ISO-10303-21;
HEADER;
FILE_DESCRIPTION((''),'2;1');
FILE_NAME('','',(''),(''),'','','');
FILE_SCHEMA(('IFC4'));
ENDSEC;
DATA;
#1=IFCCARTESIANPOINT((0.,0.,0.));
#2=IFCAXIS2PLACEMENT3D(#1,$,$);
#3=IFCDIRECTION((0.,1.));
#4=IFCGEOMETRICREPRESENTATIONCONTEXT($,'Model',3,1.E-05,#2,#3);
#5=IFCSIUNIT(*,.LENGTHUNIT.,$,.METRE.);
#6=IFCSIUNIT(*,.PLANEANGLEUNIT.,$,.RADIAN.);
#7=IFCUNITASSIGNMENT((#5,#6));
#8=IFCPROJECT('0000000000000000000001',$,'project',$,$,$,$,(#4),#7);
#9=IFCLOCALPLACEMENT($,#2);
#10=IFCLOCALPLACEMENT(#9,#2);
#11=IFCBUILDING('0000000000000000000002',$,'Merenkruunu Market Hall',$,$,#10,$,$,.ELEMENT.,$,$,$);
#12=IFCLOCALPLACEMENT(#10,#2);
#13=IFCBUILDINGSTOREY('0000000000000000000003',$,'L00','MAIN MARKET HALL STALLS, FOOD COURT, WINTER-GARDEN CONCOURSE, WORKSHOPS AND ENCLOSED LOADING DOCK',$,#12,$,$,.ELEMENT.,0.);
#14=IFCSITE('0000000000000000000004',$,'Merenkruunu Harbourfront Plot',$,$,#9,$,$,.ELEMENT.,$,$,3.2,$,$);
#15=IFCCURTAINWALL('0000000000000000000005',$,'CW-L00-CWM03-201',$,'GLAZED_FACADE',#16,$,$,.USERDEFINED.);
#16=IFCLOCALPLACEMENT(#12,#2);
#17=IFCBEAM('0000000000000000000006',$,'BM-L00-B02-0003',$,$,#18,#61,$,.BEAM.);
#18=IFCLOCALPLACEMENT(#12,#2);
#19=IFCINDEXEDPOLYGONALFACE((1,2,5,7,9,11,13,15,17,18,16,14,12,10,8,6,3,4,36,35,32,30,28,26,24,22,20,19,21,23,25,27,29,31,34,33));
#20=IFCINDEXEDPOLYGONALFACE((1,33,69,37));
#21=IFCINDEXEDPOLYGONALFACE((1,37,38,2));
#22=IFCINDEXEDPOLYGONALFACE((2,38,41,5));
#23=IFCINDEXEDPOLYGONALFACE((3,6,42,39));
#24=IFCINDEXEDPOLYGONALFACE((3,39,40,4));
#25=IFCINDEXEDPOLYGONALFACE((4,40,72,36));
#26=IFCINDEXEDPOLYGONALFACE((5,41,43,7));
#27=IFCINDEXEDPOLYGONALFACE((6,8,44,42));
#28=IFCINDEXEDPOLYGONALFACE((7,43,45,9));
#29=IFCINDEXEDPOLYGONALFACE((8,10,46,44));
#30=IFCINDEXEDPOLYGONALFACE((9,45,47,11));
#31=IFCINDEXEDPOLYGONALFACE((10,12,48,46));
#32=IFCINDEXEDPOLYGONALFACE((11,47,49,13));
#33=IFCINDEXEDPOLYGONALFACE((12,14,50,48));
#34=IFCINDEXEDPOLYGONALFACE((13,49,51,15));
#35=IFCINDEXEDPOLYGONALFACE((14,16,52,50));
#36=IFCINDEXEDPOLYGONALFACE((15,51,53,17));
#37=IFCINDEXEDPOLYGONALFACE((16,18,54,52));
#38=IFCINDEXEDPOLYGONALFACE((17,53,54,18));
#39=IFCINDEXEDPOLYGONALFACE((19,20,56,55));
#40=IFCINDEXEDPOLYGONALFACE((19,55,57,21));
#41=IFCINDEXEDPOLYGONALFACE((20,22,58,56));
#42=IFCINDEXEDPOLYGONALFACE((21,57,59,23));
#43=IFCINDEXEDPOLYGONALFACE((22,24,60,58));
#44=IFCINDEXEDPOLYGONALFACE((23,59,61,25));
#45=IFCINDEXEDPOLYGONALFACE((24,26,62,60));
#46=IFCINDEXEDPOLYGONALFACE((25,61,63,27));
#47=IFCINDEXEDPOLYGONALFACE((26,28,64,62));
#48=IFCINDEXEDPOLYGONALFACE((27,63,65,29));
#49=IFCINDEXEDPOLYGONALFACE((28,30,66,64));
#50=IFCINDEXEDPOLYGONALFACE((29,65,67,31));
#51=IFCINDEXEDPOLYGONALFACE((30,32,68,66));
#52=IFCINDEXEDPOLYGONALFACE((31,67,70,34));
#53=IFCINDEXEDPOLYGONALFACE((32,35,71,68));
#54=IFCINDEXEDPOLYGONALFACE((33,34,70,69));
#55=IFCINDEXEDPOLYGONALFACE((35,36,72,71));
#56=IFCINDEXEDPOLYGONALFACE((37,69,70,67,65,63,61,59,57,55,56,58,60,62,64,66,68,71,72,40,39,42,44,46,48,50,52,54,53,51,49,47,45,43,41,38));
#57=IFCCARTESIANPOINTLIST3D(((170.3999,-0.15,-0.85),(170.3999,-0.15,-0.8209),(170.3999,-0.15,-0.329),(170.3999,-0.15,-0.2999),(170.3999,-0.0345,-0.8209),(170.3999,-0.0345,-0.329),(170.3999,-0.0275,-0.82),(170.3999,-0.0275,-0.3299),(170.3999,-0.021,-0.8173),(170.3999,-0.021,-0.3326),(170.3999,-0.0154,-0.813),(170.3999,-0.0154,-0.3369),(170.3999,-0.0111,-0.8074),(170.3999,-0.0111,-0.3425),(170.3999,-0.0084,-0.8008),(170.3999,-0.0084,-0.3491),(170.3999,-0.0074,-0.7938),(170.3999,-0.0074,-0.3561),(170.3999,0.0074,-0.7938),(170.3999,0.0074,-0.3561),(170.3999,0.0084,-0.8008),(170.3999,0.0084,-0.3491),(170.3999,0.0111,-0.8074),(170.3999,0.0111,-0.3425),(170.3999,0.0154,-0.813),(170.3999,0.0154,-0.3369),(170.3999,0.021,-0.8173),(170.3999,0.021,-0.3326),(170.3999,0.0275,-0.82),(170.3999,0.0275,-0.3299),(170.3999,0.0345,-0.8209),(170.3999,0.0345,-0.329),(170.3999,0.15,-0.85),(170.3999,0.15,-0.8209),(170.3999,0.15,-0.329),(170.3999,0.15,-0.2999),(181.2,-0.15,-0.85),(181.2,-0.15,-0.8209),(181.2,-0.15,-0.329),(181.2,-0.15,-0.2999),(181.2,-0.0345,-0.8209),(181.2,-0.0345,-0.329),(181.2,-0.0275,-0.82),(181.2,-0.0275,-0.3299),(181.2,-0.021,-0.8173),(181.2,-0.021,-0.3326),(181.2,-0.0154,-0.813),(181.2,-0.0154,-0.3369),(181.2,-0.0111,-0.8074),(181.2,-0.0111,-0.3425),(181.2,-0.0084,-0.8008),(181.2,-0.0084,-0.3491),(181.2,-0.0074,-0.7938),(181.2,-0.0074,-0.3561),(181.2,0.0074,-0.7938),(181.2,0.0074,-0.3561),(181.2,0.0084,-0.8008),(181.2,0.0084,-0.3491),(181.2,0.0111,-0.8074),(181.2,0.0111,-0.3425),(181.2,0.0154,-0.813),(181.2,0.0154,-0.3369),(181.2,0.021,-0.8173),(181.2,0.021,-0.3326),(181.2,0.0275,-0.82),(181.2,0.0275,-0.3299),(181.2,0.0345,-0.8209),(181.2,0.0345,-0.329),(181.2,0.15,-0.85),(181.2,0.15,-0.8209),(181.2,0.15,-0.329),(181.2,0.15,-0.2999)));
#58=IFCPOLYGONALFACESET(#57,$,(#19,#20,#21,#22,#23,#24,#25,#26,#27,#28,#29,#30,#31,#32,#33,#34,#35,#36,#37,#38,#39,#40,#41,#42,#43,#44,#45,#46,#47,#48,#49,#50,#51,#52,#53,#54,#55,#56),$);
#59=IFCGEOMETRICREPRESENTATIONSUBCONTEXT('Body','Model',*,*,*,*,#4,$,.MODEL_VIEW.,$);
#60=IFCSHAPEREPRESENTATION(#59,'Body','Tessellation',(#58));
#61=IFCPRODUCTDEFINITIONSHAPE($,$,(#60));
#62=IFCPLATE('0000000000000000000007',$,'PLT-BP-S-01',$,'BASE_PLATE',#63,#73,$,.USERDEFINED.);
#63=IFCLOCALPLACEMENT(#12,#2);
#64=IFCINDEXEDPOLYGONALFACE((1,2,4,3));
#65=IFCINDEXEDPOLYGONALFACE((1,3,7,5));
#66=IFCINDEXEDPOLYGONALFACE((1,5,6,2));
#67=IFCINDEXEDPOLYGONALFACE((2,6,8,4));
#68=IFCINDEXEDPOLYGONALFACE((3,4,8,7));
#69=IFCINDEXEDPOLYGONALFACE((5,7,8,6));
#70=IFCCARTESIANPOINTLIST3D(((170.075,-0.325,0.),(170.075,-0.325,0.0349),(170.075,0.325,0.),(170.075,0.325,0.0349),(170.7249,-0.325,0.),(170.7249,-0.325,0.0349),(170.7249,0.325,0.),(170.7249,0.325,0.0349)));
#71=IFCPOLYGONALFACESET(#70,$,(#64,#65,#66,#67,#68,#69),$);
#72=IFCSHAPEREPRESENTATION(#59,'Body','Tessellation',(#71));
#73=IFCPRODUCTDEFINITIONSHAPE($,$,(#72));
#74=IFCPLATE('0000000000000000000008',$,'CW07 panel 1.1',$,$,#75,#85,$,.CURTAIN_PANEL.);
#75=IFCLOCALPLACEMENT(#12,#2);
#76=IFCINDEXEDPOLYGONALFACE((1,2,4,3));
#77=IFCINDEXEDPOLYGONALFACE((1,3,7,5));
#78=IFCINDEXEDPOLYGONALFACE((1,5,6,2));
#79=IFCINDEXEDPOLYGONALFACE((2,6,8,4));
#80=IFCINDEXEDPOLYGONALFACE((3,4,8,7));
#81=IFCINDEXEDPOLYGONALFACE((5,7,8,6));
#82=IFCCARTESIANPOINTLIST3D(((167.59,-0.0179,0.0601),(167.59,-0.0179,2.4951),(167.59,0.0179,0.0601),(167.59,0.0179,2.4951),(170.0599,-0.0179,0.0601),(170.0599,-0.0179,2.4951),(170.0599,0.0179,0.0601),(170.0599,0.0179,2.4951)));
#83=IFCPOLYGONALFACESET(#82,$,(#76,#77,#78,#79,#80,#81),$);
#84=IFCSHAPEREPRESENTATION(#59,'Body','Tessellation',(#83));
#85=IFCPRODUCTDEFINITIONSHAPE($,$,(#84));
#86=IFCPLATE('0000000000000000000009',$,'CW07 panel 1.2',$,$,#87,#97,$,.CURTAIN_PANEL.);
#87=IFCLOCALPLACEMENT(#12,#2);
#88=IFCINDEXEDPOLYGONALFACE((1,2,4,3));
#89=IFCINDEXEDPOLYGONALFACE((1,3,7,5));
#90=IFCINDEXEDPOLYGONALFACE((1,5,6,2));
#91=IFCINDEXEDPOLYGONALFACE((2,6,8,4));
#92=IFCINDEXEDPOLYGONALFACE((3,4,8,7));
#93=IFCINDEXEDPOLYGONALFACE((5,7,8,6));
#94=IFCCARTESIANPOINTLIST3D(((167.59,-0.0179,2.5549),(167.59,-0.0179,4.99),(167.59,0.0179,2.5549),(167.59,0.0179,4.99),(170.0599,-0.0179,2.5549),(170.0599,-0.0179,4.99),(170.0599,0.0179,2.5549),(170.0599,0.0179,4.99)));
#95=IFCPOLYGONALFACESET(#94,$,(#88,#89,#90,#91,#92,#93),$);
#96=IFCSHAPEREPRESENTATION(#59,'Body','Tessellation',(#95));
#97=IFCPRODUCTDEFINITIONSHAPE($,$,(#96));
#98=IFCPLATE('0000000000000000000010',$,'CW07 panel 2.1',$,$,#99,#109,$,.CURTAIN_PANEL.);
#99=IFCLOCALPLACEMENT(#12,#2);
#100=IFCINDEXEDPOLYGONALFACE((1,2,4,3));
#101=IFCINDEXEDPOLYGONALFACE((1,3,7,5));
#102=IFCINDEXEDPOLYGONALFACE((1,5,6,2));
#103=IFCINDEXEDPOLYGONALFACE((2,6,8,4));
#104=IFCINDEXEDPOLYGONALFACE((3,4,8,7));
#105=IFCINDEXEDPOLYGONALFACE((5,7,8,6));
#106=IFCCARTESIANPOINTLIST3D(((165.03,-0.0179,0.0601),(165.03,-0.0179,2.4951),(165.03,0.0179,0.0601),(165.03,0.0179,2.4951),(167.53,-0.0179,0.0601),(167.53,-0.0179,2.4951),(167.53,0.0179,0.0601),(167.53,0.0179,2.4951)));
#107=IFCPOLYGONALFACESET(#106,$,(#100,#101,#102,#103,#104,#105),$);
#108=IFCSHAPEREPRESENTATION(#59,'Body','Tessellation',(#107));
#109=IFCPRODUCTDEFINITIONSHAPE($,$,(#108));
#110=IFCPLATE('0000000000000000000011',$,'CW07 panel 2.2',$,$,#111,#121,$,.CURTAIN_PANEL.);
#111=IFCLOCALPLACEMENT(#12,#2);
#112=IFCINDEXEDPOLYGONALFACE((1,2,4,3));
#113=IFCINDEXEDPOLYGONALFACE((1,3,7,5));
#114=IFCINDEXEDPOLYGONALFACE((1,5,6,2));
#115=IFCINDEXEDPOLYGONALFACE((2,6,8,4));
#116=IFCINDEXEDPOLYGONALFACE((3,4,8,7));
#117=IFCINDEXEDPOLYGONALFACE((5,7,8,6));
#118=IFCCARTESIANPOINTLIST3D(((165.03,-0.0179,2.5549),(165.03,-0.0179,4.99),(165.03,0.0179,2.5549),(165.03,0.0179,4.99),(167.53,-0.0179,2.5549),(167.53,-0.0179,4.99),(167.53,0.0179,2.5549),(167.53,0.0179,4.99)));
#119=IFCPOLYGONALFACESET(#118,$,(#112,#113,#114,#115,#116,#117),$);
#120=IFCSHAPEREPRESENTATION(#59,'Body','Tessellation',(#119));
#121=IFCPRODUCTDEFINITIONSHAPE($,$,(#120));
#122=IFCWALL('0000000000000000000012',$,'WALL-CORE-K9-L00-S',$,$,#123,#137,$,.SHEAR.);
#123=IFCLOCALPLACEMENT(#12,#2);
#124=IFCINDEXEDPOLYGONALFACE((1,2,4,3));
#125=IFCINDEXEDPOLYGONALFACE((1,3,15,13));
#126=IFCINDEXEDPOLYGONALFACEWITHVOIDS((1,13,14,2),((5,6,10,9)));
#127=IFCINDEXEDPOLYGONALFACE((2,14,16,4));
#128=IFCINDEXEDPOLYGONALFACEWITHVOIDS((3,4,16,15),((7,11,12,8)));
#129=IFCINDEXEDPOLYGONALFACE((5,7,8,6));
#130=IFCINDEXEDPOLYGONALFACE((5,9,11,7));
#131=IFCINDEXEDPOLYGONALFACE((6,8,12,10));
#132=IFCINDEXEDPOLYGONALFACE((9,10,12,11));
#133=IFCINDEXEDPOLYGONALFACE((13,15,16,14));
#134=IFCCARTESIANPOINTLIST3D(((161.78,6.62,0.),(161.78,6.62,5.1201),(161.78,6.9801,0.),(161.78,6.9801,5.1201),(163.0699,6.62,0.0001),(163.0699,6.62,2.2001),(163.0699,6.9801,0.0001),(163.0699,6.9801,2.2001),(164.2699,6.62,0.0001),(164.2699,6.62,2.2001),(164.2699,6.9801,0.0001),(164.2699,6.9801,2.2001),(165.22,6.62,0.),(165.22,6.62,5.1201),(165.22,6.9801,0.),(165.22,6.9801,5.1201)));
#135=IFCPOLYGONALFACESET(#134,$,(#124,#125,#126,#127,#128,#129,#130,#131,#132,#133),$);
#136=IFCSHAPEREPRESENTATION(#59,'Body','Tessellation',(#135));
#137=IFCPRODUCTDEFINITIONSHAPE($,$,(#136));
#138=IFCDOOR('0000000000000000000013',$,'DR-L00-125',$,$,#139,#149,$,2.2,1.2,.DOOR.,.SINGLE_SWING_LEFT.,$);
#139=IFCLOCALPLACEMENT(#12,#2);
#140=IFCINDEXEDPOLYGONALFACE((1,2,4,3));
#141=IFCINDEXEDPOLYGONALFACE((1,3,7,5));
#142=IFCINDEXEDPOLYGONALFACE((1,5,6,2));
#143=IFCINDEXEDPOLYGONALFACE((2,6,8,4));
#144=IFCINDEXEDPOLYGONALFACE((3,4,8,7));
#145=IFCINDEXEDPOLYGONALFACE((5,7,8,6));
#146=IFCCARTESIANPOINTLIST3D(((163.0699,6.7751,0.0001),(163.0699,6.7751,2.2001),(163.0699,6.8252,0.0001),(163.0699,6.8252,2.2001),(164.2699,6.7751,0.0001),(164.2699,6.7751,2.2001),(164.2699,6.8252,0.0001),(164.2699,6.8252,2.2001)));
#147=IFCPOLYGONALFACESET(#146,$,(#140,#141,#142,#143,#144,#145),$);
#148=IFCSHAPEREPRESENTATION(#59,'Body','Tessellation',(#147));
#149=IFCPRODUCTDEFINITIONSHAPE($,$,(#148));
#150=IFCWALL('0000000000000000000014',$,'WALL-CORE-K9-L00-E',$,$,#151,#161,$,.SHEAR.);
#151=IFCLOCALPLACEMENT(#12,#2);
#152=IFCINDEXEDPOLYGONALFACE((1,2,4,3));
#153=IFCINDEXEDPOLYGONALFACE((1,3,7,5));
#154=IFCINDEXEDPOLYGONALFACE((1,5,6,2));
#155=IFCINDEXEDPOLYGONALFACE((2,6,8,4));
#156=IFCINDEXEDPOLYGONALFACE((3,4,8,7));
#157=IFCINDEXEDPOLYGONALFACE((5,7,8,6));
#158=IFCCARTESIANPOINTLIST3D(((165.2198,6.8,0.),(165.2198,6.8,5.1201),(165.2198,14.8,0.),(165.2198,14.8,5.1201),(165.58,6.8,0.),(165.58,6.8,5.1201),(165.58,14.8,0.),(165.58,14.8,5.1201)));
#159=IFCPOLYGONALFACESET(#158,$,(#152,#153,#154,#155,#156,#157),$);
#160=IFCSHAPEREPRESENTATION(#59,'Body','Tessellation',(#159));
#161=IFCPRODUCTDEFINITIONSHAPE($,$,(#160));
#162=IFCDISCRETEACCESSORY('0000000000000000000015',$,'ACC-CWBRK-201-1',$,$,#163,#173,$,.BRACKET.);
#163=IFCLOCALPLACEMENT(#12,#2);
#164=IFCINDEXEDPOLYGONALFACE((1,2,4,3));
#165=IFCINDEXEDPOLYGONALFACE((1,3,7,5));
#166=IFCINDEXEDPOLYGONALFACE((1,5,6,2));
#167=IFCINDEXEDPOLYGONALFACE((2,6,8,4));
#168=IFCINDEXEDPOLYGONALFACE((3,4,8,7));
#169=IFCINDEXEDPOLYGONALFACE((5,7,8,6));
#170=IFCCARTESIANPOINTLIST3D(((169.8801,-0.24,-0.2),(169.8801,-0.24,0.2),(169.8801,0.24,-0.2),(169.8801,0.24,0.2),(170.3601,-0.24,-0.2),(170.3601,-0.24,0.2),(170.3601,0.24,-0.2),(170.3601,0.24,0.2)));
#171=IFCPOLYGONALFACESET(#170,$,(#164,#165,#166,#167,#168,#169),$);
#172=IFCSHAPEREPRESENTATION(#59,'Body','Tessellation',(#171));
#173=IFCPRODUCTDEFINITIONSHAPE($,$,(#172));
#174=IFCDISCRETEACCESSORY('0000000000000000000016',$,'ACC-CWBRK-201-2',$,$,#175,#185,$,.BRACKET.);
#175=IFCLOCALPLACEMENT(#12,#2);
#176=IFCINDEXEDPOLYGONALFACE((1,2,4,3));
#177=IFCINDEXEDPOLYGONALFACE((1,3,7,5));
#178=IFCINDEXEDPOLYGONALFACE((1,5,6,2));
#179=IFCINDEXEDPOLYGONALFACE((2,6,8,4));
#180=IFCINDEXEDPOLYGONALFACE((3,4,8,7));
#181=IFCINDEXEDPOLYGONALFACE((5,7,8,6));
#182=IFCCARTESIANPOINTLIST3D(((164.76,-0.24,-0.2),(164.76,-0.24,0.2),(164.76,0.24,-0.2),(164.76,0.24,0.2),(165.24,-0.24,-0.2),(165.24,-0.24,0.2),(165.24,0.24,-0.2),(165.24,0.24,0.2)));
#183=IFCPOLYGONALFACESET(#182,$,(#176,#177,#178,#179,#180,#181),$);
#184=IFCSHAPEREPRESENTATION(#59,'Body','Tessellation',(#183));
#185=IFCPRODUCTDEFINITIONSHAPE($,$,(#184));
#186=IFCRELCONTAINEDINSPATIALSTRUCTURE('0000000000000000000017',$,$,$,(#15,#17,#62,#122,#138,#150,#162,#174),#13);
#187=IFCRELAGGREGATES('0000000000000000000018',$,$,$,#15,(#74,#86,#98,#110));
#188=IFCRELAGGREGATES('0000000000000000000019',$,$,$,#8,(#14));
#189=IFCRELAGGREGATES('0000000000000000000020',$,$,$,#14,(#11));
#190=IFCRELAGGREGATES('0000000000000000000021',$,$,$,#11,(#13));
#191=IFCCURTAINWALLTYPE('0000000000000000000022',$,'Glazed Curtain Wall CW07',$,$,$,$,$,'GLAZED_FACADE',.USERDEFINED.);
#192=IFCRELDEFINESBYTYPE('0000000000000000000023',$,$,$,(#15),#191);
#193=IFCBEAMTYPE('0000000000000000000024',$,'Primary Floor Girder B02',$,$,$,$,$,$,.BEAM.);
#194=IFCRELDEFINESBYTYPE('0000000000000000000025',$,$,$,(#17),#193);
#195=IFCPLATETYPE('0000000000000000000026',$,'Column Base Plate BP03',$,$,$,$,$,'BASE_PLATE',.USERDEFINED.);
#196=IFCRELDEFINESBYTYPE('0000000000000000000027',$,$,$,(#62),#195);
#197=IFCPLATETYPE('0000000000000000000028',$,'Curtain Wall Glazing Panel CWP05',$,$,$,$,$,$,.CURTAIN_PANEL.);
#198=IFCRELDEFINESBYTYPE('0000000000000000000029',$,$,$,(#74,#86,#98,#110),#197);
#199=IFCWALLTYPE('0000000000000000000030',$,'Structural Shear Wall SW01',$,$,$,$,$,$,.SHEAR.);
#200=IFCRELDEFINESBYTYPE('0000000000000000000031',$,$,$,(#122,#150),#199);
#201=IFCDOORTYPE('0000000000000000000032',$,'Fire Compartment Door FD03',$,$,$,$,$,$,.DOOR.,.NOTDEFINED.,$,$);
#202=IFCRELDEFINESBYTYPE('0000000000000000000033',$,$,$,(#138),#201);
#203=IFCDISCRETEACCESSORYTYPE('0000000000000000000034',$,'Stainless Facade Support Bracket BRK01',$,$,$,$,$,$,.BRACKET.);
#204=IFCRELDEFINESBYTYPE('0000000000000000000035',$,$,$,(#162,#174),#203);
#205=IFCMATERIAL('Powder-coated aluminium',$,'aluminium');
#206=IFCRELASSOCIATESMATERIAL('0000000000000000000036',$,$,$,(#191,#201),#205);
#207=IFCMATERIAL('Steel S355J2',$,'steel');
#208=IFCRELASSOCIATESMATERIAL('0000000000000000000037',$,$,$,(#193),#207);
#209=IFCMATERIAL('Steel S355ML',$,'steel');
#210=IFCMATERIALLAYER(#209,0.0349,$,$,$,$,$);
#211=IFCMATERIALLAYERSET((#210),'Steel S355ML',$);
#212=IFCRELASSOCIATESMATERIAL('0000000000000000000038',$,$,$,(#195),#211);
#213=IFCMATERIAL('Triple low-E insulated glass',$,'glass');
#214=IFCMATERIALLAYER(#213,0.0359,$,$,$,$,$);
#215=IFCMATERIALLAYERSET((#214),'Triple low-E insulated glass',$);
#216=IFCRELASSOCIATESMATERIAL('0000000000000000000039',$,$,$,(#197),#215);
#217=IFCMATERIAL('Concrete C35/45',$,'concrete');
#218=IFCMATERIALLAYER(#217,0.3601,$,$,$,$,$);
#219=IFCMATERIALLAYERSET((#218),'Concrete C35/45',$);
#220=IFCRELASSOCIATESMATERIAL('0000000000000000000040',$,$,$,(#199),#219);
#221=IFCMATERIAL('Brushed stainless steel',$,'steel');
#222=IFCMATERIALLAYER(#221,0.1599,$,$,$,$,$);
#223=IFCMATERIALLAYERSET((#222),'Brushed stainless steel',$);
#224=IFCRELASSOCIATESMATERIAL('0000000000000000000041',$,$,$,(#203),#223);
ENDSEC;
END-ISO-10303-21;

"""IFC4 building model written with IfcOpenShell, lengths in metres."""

from ifc_helpers import new_model, si_unit, direction, frame, frame_2d, origin, origin_2d, place, context, subcontext, project, spatial, rectangle, i_section, extrude, material, layer, layer_set, material_profile, profile_set, type_object, element, fill, aggregate, save


model = new_model("IFC4")

# Units and contexts
model_context = context("Model", 3, precision=1e-05, world=origin(), true_north=direction((0.0, 1.0)))
body_context = subcontext(model_context, "Body", "Model", "MODEL_VIEW")
ifc_project = project(units=[si_unit("LENGTHUNIT", "METRE"), si_unit("PLANEANGLEUNIT", "RADIAN")], contexts=[model_context])

# Site, building, storey
site_placement = place(None, origin())
site = spatial("IfcSite", under=ifc_project, at=site_placement, Name="Merenkruunu Harbourfront Plot", CompositionType="ELEMENT", RefElevation=3.2)
building_placement = place(site_placement, origin())
building = spatial("IfcBuilding", under=site, at=building_placement, Name="Merenkruunu Market Hall", CompositionType="ELEMENT")
storey_placement = place(building_placement, origin())
storey = spatial("IfcBuildingStorey", under=building, at=storey_placement, Name="L00", Description="MAIN MARKET HALL STALLS, FOOD COURT, WINTER-GARDEN CONCOURSE, WORKSHOPS AND ENCLOSED LOADING DOCK", CompositionType="ELEMENT", Elevation=0.0)

# Shared definitions
ifc_material_1 = material(Name="Steel S355ML", Category="steel")

# Curtain wall
ifc_material_2 = material(Name="Powder-coated aluminium", Category="aluminium")
curtain_wall_type = type_object("IfcCurtainWallType", Name="Glazed Curtain Wall CW07", ElementType="GLAZED_FACADE", PredefinedType="USERDEFINED", material=ifc_material_2)
curtain_wall_placement = place(storey_placement, origin())
curtain_wall = element("IfcCurtainWall", 1, at=curtain_wall_placement, inside=storey, type_object=curtain_wall_type, Name="CW-L00-CWM03-201", ObjectType="GLAZED_FACADE", PredefinedType="USERDEFINED")

# Beam
ifc_material_3 = material(Name="Steel S355J2", Category="steel")
ifc_material_profile_1 = material_profile(ifc_material_3, i_section(OverallWidth=0.3, OverallDepth=0.55, WebThickness=0.0149, FlangeThickness=0.0291, FilletRadius=0.0271, at=origin_2d()), Name="HEB 550")
ifc_profile_set_1 = profile_set([ifc_material_profile_1], Name="Steel S355J2")
beam_type = type_object("IfcBeamType", Name="Primary Floor Girder B02", PredefinedType="BEAM", material=ifc_profile_set_1)
beam_placement = place(storey_placement, frame((170.3999, 0.0, -0.575), z_axis=(1.0, 0.0, 0.0), x_axis=(0.0, 1.0, 0.0)))
element("IfcBeam", 2, at=beam_placement, inside=storey, type_object=beam_type, Name="BM-L00-B02-0003", PredefinedType="BEAM", context=body_context, shape_type="SweptSolid", body=[
    extrude(i_section(OverallWidth=0.3, OverallDepth=0.55, WebThickness=0.0149, FlangeThickness=0.0291, FilletRadius=0.0271, at=origin_2d()), origin(), (0.0, 0.0, 1.0), 10.8),
])

# Plates
ifc_layer_1 = layer(ifc_material_1, 0.0349)
ifc_layer_set_1 = layer_set([ifc_layer_1], Name="Steel S355ML")
plate_type_1 = type_object("IfcPlateType", Name="Column Base Plate BP03", ElementType="BASE_PLATE", PredefinedType="USERDEFINED", material=ifc_layer_set_1)
plate_1_placement = place(storey_placement, frame((170.3999, 0.0, 0.0), z_axis=(0.0, 0.0, 1.0), x_axis=(1.0, 0.0, 0.0)))
element("IfcPlate", 3, at=plate_1_placement, inside=storey, type_object=plate_type_1, Name="PLT-BP-S-01", ObjectType="BASE_PLATE", PredefinedType="USERDEFINED", context=body_context, shape_type="SweptSolid", body=[
    extrude(rectangle(XDim=0.6499, YDim=0.6499, at=origin_2d()), origin(), (0.0, 0.0, 1.0), 0.0349),
])
ifc_material_4 = material(Name="Triple low-E insulated glass", Category="glass")
ifc_layer_2 = layer(ifc_material_4, 0.0359)
ifc_layer_set_2 = layer_set([ifc_layer_2], Name="Triple low-E insulated glass")
plate_type_2 = type_object("IfcPlateType", Name="Curtain Wall Glazing Panel CWP05", PredefinedType="CURTAIN_PANEL", material=ifc_layer_set_2)
plate_2_placement = place(storey_placement, frame((168.825, 0.0, 0.0601), z_axis=(0.0, 0.0, 1.0), x_axis=(-1.0, 0.0, 0.0)))
plate_2 = element("IfcPlate", 4, at=plate_2_placement, type_object=plate_type_2, Name="CW07 panel 1.1", PredefinedType="CURTAIN_PANEL", context=body_context, shape_type="SweptSolid", body=[
    extrude(rectangle(XDim=2.47, YDim=0.0359, at=origin_2d()), origin(), (0.0, 0.0, 1.0), 2.4351),
])
plate_3_placement = place(storey_placement, frame((168.825, 0.0, 2.5549), z_axis=(0.0, 0.0, 1.0), x_axis=(-1.0, 0.0, 0.0)))
plate_3 = element("IfcPlate", 5, at=plate_3_placement, type_object=plate_type_2, Name="CW07 panel 1.2", PredefinedType="CURTAIN_PANEL", context=body_context, shape_type="SweptSolid", body=[
    extrude(rectangle(XDim=2.47, YDim=0.0359, at=origin_2d()), origin(), (0.0, 0.0, 1.0), 2.4351),
])
plate_4_placement = place(storey_placement, frame((166.28, 0.0, 0.0601), z_axis=(0.0, 0.0, 1.0), x_axis=(-1.0, 0.0, 0.0)))
plate_4 = element("IfcPlate", 6, at=plate_4_placement, type_object=plate_type_2, Name="CW07 panel 2.1", PredefinedType="CURTAIN_PANEL", context=body_context, shape_type="SweptSolid", body=[
    extrude(rectangle(XDim=2.5, YDim=0.0359, at=origin_2d()), origin(), (0.0, 0.0, 1.0), 2.4351),
])
plate_5_placement = place(storey_placement, frame((166.28, 0.0, 2.5549), z_axis=(0.0, 0.0, 1.0), x_axis=(-1.0, 0.0, 0.0)))
plate_5 = element("IfcPlate", 7, at=plate_5_placement, type_object=plate_type_2, Name="CW07 panel 2.2", PredefinedType="CURTAIN_PANEL", context=body_context, shape_type="SweptSolid", body=[
    extrude(rectangle(XDim=2.5, YDim=0.0359, at=origin_2d()), origin(), (0.0, 0.0, 1.0), 2.4351),
])
aggregate(curtain_wall, [plate_2, plate_3, plate_4, plate_5])

# Wall, opening, door
ifc_material_5 = material(Name="Concrete C35/45", Category="concrete")
ifc_layer_3 = layer(ifc_material_5, 0.3601)
ifc_layer_set_3 = layer_set([ifc_layer_3], Name="Concrete C35/45")
wall_type = type_object("IfcWallType", Name="Structural Shear Wall SW01", PredefinedType="SHEAR", material=ifc_layer_set_3)
wall_1_placement = place(storey_placement, frame((165.22, 6.8, 0.0), z_axis=(0.0, 0.0, 1.0), x_axis=(-1.0, 0.0, 0.0)))
wall_1 = element("IfcWall", 8, at=wall_1_placement, inside=storey, type_object=wall_type, Name="WALL-CORE-K9-L00-S", PredefinedType="SHEAR", context=body_context, shape_type="SweptSolid", body=[
    extrude(rectangle(XDim=3.4399, YDim=0.3601, at=frame_2d((1.72, 0.0))), origin(), (0.0, 0.0, 1.0), 5.1201),
])
opening_placement = place(wall_1_placement, frame((0.95, 0.0, 0.0)))
opening = element("IfcOpeningElement", 9, at=opening_placement, cuts=wall_1, PredefinedType="OPENING", context=body_context, shape_type="SweptSolid", body=[
    extrude(rectangle(XDim=1.2, YDim=2.2, at=frame_2d((0.6001, 1.1001))), frame((0.0, 0.1899, 0.0), z_axis=(0.0, -1.0, 0.0), x_axis=(1.0, 0.0, 0.0)), (0.0, 0.0, 1.0), 0.3801),
])
door_type = type_object("IfcDoorType", Name="Fire Compartment Door FD03", OperationType="NOTDEFINED", PredefinedType="DOOR", material=ifc_material_2)
door_placement = place(opening_placement, origin())
door = element("IfcDoor", 10, at=door_placement, inside=storey, type_object=door_type, Name="DR-L00-125", OperationType="SINGLE_SWING_LEFT", OverallHeight=2.2, OverallWidth=1.2, PredefinedType="DOOR", context=body_context, shape_type="SweptSolid", body=[
    extrude(rectangle(XDim=1.2, YDim=2.2, at=frame_2d((0.6001, 1.1001))), frame((0.0, 0.0249, 0.0), z_axis=(0.0, -1.0, 0.0), x_axis=(1.0, 0.0, 0.0)), (0.0, 0.0, 1.0), 0.05),
])
fill(opening, door)

# Wall
wall_2_placement = place(storey_placement, frame((165.3999, 6.8, 0.0), z_axis=(0.0, 0.0, 1.0), x_axis=(0.0, 1.0, 0.0)))
element("IfcWall", 11, at=wall_2_placement, inside=storey, type_object=wall_type, Name="WALL-CORE-K9-L00-E", PredefinedType="SHEAR", context=body_context, shape_type="SweptSolid", body=[
    extrude(rectangle(XDim=8.0, YDim=0.3601, at=frame_2d((4.0, 0.0))), origin(), (0.0, 0.0, 1.0), 5.1201),
])

# Discrete accessories
ifc_material_6 = material(Name="Brushed stainless steel", Category="steel")
ifc_layer_4 = layer(ifc_material_6, 0.1599)
ifc_layer_set_4 = layer_set([ifc_layer_4], Name="Brushed stainless steel")
discrete_accessory_type = type_object("IfcDiscreteAccessoryType", Name="Stainless Facade Support Bracket BRK01", PredefinedType="BRACKET", material=ifc_layer_set_4)
for number, where, z_axis, x_axis, name in (
    (12, (170.1201, 0.0, -0.2), (0.0, 0.0, 1.0), (1.0, 0.0, 0.0), "ACC-CWBRK-201-1"),
    (13, (165.0, 0.0, -0.2), (0.0, 0.0, 1.0), (1.0, 0.0, 0.0), "ACC-CWBRK-201-2"),
):
    element("IfcDiscreteAccessory", number, at=place(storey_placement, frame(where, z_axis=z_axis, x_axis=x_axis)), inside=storey, type_object=discrete_accessory_type, Name=name, PredefinedType="BRACKET", context=body_context, shape_type="SweptSolid", body=[
        extrude(rectangle(XDim=0.48, YDim=0.48, at=origin_2d()), origin(), (0.0, 0.0, 1.0), 0.3999),
    ])

save(model, "model.ifc")
